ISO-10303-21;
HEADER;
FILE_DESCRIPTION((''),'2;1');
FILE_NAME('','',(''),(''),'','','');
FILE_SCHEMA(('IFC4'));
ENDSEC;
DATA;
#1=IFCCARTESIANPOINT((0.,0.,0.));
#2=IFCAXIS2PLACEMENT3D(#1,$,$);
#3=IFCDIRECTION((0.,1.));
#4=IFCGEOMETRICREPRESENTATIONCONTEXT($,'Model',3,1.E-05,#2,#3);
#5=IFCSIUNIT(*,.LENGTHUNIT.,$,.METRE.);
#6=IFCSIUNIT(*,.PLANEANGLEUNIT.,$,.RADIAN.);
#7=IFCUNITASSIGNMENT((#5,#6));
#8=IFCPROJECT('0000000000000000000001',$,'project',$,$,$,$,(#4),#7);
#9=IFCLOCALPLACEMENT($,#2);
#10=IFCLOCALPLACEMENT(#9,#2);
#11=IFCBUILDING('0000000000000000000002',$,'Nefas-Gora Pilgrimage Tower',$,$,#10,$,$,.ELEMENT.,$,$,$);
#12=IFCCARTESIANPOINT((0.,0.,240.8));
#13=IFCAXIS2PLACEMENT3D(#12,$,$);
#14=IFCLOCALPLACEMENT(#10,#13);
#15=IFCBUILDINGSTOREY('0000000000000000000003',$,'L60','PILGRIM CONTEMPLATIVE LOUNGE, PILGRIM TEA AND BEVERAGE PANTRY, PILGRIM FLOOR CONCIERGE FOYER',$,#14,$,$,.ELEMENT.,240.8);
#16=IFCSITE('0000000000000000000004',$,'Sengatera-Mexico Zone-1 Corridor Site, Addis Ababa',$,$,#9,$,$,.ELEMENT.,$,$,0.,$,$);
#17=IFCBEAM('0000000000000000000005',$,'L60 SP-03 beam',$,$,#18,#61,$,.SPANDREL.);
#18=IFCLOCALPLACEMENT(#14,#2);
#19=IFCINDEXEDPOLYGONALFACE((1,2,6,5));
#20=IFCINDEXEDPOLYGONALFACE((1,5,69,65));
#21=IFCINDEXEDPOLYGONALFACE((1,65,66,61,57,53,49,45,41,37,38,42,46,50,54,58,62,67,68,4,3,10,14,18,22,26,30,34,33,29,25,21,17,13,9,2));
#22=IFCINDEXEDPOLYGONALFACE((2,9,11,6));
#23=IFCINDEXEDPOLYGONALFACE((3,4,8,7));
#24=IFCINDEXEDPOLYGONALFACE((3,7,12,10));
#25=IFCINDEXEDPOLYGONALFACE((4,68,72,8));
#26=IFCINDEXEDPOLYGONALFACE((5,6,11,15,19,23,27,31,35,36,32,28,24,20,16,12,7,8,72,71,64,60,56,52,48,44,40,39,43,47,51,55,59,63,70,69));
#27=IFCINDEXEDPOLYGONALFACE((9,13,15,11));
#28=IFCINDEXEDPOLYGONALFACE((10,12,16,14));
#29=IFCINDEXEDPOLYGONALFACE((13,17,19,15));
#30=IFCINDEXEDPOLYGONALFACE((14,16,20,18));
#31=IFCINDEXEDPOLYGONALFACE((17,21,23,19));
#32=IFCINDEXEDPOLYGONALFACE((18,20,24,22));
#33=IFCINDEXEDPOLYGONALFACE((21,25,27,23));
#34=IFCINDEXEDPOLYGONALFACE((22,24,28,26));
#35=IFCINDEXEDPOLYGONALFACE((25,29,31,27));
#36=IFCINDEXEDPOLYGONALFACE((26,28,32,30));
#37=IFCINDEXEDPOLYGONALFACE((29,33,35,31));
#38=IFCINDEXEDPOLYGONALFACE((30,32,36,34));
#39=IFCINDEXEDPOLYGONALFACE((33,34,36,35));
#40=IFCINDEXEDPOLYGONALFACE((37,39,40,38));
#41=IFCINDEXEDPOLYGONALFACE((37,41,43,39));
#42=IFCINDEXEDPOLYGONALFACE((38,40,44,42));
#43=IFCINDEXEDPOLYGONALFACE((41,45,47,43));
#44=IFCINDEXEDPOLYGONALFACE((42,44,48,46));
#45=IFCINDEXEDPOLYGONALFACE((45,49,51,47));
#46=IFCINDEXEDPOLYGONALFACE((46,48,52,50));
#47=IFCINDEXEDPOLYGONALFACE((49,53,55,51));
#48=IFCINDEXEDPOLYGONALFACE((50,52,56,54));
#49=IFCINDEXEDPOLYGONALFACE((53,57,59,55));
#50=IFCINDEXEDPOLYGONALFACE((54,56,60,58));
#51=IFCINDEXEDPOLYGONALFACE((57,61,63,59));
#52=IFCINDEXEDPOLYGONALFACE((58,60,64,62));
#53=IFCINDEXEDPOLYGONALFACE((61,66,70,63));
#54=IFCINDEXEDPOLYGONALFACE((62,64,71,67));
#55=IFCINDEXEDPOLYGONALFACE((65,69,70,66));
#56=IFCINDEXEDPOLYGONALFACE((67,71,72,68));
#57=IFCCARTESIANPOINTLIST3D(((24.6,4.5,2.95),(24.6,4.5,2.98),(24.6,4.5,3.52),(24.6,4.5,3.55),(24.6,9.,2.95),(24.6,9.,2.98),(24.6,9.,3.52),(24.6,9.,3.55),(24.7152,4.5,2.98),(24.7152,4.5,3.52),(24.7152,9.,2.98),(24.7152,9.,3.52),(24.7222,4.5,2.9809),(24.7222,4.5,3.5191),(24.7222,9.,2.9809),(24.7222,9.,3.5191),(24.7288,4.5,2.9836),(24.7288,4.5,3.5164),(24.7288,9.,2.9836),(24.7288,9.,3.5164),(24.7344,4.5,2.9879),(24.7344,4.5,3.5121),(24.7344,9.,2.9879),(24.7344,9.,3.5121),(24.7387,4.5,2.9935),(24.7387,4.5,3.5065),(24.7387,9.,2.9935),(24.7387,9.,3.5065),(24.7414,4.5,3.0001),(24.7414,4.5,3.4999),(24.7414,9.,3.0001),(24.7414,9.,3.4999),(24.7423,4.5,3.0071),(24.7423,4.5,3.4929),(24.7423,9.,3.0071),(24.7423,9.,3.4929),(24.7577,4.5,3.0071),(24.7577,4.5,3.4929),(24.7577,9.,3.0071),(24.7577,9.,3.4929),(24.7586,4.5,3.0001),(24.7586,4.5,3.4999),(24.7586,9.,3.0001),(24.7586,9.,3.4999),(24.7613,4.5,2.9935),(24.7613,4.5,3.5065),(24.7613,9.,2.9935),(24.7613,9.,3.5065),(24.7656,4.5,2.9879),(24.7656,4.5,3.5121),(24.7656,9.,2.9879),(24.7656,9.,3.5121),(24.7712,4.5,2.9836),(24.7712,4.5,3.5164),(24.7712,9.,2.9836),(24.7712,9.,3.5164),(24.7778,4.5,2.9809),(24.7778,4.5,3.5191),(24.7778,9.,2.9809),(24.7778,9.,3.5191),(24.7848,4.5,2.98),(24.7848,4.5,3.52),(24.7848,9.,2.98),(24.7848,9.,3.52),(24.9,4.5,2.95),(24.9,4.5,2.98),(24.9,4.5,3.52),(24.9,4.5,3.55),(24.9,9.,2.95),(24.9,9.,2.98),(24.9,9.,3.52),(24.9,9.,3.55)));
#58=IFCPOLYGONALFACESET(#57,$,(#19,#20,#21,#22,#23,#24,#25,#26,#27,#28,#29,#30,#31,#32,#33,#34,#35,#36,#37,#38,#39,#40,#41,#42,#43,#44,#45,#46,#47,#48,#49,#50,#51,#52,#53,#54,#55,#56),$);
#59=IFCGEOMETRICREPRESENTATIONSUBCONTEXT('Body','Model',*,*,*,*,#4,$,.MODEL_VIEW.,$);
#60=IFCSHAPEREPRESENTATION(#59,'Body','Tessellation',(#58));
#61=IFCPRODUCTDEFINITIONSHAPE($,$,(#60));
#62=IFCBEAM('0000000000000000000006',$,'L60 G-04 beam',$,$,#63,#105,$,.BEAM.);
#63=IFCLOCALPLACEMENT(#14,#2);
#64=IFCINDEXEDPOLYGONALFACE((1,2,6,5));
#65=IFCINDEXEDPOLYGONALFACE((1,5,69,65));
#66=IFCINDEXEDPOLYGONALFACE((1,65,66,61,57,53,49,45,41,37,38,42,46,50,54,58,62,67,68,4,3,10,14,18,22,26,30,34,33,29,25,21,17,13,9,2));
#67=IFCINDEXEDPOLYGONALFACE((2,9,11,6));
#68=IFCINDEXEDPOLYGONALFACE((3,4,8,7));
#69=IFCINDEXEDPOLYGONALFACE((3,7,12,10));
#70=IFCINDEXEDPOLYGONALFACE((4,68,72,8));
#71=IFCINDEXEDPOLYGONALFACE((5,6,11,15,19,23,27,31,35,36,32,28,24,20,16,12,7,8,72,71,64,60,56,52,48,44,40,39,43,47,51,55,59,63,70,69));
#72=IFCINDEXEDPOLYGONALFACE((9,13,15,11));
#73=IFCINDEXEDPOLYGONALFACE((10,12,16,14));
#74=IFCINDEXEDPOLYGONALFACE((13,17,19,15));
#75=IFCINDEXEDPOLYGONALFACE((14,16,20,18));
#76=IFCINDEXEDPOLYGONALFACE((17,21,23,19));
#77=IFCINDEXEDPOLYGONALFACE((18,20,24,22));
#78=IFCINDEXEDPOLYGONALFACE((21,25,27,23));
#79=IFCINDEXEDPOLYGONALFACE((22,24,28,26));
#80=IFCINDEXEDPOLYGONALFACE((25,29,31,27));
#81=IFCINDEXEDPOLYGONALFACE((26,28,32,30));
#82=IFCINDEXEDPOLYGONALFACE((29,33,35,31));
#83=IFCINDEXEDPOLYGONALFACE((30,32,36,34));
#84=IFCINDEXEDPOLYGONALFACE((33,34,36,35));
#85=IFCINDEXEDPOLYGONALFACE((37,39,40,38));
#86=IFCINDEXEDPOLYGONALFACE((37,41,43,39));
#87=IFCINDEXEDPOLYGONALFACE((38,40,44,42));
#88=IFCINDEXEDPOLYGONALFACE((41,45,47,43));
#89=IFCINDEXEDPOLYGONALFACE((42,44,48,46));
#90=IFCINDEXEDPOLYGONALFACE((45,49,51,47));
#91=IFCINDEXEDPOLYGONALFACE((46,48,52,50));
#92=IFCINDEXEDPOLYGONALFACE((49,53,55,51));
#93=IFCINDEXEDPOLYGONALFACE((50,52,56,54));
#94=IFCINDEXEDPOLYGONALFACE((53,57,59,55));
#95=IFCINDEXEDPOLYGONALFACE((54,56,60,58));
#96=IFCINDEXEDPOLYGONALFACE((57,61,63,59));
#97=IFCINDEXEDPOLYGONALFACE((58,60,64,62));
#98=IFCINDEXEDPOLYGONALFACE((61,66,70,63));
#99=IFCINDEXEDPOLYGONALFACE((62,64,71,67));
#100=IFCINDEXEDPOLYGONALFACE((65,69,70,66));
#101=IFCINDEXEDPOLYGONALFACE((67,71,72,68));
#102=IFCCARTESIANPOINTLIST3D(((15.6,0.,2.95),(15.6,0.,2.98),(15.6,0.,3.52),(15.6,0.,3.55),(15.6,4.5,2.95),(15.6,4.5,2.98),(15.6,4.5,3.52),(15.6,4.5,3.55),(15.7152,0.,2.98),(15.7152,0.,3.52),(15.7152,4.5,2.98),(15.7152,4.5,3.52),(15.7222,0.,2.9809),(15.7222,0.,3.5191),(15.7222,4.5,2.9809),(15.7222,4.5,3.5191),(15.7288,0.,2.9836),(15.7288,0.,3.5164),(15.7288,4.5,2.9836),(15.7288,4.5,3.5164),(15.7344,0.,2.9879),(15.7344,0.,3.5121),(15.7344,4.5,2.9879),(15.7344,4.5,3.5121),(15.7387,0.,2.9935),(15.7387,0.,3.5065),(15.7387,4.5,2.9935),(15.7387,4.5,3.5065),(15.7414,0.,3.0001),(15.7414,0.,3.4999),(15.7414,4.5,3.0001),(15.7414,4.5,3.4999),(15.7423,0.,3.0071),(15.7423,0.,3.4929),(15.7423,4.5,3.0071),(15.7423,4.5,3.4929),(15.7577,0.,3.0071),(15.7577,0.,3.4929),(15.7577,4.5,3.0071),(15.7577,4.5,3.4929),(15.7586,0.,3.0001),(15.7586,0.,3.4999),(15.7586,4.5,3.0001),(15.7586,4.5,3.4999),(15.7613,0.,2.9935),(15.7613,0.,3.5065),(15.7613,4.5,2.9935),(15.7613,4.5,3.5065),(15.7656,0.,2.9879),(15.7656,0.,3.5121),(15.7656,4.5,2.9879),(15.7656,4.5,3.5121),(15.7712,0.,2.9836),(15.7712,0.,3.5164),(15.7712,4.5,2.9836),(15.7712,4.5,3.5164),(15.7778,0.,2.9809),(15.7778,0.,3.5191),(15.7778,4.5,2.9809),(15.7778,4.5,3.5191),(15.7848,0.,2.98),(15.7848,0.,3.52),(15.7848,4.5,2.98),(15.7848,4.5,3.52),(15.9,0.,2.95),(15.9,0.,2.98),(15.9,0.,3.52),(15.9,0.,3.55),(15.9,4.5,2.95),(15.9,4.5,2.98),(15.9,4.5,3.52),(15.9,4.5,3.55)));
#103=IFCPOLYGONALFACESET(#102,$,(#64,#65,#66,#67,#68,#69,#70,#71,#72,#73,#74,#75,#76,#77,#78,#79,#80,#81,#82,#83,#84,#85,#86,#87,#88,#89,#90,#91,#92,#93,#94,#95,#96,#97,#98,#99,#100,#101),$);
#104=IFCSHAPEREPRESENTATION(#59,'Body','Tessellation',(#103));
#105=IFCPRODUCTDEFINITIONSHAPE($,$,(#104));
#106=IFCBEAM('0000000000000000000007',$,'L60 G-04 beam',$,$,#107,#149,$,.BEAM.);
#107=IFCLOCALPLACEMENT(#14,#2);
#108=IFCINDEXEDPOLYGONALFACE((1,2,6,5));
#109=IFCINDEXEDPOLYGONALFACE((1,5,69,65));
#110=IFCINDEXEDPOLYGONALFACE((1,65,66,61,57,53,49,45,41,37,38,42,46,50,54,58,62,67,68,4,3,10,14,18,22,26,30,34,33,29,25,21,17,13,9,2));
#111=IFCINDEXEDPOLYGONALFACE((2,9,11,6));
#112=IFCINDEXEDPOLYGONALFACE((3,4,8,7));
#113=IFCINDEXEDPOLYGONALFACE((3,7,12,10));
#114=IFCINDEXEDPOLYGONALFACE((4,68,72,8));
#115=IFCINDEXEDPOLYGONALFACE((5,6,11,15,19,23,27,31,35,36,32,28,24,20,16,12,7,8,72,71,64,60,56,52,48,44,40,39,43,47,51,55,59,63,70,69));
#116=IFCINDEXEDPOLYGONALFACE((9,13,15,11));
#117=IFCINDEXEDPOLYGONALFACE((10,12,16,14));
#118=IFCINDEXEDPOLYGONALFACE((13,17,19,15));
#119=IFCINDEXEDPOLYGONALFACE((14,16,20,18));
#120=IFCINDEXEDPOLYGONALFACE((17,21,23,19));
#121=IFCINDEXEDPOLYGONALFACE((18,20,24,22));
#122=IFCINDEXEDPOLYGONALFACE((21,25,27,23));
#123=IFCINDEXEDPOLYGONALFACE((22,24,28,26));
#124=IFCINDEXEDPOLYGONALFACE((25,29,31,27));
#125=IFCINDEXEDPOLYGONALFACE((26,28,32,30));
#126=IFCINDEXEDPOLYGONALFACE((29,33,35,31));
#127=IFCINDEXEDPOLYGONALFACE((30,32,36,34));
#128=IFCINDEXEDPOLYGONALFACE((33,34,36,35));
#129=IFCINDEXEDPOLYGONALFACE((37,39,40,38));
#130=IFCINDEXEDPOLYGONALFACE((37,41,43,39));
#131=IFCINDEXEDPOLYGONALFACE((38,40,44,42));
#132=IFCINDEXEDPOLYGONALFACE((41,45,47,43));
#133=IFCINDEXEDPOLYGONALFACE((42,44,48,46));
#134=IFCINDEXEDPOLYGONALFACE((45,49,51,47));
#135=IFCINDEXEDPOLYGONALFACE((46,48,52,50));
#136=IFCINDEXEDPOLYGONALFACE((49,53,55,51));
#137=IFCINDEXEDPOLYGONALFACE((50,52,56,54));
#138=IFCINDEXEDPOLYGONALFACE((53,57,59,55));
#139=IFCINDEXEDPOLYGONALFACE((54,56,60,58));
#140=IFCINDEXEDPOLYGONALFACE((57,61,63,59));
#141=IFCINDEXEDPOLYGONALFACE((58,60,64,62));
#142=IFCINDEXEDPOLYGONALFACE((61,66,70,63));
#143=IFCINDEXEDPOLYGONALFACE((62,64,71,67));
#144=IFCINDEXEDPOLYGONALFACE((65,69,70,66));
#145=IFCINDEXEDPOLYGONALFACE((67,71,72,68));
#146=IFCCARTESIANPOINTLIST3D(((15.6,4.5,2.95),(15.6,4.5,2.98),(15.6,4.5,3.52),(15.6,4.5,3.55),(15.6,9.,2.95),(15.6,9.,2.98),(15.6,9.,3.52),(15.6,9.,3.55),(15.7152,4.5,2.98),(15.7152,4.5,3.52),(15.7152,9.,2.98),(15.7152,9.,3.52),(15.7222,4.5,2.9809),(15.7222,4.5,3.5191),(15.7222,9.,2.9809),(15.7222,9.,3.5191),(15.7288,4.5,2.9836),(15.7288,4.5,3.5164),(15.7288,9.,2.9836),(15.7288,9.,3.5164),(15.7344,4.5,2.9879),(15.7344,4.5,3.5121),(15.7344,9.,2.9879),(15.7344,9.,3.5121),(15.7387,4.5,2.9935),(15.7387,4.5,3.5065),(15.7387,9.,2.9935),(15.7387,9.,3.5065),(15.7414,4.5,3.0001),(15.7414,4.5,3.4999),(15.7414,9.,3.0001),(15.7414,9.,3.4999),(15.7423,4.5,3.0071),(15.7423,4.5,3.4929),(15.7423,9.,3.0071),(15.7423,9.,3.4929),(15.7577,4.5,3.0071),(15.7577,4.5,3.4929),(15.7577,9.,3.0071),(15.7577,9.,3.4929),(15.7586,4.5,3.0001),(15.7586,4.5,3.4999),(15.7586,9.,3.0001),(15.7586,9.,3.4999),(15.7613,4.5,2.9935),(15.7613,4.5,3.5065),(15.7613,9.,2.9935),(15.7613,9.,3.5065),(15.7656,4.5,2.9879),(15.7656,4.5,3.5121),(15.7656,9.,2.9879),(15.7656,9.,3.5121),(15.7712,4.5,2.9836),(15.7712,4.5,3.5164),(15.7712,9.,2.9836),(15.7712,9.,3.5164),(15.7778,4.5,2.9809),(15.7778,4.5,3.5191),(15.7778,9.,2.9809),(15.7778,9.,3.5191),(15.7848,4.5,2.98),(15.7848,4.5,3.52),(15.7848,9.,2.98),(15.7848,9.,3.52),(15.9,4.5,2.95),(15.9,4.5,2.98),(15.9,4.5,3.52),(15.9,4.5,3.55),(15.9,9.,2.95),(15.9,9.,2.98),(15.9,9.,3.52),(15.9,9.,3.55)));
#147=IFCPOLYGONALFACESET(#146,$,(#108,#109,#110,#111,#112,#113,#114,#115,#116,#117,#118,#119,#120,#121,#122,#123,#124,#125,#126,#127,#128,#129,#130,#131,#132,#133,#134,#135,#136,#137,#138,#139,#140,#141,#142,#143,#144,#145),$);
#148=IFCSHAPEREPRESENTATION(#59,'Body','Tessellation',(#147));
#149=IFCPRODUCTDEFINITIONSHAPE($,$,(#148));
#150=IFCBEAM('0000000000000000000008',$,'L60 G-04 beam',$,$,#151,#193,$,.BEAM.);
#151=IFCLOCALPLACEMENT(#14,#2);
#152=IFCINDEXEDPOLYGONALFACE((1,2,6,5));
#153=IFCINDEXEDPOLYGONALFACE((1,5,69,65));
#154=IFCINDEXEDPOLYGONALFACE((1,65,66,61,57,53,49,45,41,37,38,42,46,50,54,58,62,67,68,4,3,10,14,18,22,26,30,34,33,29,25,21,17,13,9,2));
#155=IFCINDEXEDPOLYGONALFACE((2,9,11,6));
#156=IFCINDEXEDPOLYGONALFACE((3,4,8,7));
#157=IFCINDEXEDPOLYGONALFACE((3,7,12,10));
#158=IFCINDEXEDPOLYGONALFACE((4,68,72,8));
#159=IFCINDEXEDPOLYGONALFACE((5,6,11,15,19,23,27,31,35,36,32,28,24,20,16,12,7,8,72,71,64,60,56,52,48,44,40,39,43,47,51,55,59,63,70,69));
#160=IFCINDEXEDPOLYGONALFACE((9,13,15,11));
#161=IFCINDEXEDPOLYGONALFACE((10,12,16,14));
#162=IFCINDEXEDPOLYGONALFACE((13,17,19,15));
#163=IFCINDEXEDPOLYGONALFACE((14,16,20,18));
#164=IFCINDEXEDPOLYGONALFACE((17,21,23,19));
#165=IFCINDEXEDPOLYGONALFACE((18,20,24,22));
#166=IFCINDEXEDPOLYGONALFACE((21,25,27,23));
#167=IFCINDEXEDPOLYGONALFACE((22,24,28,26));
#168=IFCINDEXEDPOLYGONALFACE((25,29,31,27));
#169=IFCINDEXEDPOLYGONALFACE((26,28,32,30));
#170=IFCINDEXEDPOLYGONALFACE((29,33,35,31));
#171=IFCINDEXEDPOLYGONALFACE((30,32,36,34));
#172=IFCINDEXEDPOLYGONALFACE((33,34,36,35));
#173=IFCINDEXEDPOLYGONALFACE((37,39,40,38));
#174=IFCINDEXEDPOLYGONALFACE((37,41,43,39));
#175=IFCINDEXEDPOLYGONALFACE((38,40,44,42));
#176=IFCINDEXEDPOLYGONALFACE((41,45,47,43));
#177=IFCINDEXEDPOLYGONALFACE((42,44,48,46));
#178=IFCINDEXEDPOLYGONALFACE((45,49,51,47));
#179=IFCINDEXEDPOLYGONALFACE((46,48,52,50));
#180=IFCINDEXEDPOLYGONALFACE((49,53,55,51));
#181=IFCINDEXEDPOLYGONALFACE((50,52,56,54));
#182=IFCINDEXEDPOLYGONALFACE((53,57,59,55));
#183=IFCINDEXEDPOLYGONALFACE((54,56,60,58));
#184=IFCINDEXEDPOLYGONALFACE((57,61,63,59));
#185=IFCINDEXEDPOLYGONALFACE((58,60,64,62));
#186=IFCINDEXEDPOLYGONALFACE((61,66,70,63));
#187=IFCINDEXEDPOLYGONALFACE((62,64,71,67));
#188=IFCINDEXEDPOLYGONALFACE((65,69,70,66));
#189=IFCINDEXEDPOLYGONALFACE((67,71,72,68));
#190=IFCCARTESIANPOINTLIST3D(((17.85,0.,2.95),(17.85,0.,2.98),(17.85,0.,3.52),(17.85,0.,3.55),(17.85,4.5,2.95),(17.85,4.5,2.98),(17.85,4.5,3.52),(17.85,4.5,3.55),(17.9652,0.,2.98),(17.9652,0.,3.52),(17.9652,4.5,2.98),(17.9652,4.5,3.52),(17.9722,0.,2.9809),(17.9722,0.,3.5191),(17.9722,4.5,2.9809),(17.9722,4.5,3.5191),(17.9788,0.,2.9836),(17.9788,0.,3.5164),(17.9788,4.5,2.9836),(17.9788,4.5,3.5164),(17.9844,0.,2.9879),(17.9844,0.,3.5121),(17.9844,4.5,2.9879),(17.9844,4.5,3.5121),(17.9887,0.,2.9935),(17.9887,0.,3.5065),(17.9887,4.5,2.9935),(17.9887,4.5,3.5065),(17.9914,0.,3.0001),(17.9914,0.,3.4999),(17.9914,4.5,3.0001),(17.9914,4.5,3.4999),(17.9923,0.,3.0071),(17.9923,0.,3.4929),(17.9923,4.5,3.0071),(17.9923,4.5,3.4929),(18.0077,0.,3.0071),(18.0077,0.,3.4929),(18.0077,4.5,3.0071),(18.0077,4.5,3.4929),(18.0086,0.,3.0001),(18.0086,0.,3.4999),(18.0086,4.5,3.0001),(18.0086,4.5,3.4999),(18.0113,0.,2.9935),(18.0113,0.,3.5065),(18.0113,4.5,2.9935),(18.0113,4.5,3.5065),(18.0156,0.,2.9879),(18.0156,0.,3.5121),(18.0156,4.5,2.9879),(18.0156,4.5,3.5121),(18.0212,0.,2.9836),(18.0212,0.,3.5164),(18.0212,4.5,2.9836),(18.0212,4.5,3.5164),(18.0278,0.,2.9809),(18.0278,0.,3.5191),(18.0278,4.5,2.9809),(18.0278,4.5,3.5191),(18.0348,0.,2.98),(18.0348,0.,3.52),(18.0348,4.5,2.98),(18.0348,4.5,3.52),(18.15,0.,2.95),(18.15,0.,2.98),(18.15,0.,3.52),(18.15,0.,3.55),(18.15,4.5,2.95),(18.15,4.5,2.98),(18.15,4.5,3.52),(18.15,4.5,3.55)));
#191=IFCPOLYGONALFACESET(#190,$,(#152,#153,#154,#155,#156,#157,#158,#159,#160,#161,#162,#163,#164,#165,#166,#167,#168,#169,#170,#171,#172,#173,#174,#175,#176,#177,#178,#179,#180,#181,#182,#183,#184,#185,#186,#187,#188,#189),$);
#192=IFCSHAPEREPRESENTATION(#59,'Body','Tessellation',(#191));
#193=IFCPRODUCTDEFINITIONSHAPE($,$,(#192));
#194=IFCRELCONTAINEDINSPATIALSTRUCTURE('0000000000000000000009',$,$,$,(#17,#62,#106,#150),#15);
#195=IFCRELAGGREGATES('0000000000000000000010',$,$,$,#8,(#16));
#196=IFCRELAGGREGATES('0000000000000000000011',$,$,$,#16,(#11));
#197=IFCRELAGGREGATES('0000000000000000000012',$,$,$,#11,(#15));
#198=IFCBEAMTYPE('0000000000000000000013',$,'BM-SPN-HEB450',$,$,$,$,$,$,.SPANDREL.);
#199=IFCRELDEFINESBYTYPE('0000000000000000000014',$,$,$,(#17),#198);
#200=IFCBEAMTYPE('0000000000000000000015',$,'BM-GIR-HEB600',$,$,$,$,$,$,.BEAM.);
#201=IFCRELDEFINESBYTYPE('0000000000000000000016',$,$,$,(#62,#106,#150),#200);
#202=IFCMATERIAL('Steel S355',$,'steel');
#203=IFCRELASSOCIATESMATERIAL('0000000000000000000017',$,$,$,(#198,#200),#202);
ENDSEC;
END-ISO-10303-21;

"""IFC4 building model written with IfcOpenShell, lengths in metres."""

from ifc_helpers import new_model, si_unit, direction, frame, origin, origin_2d, place, context, subcontext, project, spatial, i_section, extrude, source, transform, mapped, material, material_profile, profile_set, type_object, element, save


model = new_model("IFC4")

# Units and contexts
model_context = context("Model", 3, precision=1e-05, world=origin(), true_north=direction((0.0, 1.0)))
body_context = subcontext(model_context, "Body", "Model", "MODEL_VIEW")
ifc_project = project(units=[si_unit("LENGTHUNIT", "METRE"), si_unit("PLANEANGLEUNIT", "RADIAN")], contexts=[model_context])

# Site, building, storey
site_placement = place(None, origin())
site = spatial("IfcSite", under=ifc_project, at=site_placement, Name="Sengatera-Mexico Zone-1 Corridor Site, Addis Ababa", CompositionType="ELEMENT", RefElevation=0.0)
building_placement = place(site_placement, origin())
building = spatial("IfcBuilding", under=site, at=building_placement, Name="Nefas-Gora Pilgrimage Tower", CompositionType="ELEMENT")
storey_placement = place(building_placement, frame((0.0, 0.0, 240.8)))
storey = spatial("IfcBuildingStorey", under=building, at=storey_placement, Name="L60", Description="PILGRIM CONTEMPLATIVE LOUNGE, PILGRIM TEA AND BEVERAGE PANTRY, PILGRIM FLOOR CONCIERGE FOYER", CompositionType="ELEMENT", Elevation=240.8)

# Beams
ifc_material_1 = material(Name="Steel S355", Category="steel")
ifc_material_profile_1 = material_profile(ifc_material_1, i_section(OverallWidth=0.3, OverallDepth=0.6001, WebThickness=0.0154, FlangeThickness=0.03, FilletRadius=0.0271, at=origin_2d()), Name="HEB 600")
ifc_profile_set_1 = profile_set([ifc_material_profile_1], Name="Steel S355")
beam_type_1 = type_object("IfcBeamType", Name="BM-SPN-HEB450", PredefinedType="SPANDREL", material=ifc_profile_set_1)
shared_shape_1 = source(origin(), body_context, "Body", "SweptSolid", [
    extrude(i_section(OverallWidth=0.3, OverallDepth=0.6001, WebThickness=0.0154, FlangeThickness=0.03, FilletRadius=0.0271, at=origin_2d()), origin(), (0.0, 0.0, 1.0), 4.5),
])
for number, where, z_axis, x_axis, name in (
    (1, (24.75, 4.5, 3.25), (0.0, 1.0, 0.0), (-1.0, 0.0, 0.0), "L60 SP-03 beam"),
):
    element("IfcBeam", number, at=place(storey_placement, frame(where, z_axis=z_axis, x_axis=x_axis)), inside=storey, type_object=beam_type_1, Name=name, PredefinedType="SPANDREL", context=body_context, shape_type="MappedRepresentation", body=[
        mapped(shared_shape_1, transform((0.0, 0.0, 0.0), x_axis=(1.0, 0.0, 0.0), y_axis=(0.0, 1.0, 0.0), z_axis=(0.0, 0.0, 1.0), scale=1.0)),
    ])
ifc_material_profile_2 = material_profile(ifc_material_1, i_section(OverallWidth=0.3, OverallDepth=0.6001, WebThickness=0.0154, FlangeThickness=0.03, FilletRadius=0.0271, at=origin_2d()), Name="HEB 600")
ifc_profile_set_2 = profile_set([ifc_material_profile_2], Name="Steel S355")
beam_type_2 = type_object("IfcBeamType", Name="BM-GIR-HEB600", PredefinedType="BEAM", material=ifc_profile_set_2)
shared_shape_2 = source(origin(), body_context, "Body", "SweptSolid", [
    extrude(i_section(OverallWidth=0.3, OverallDepth=0.6001, WebThickness=0.0154, FlangeThickness=0.03, FilletRadius=0.0271, at=origin_2d()), origin(), (0.0, 0.0, 1.0), 4.5),
])
for number, where, z_axis, x_axis, name in (
    (2, (15.75, 0.0, 3.25), (0.0, 1.0, 0.0), (-1.0, 0.0, 0.0), "L60 G-04 beam"),
    (3, (15.75, 4.5, 3.25), (0.0, 1.0, 0.0), (-1.0, 0.0, 0.0), "L60 G-04 beam"),
    (4, (18.0, 0.0, 3.25), (0.0, 1.0, 0.0), (-1.0, 0.0, 0.0), "L60 G-04 beam"),
):
    element("IfcBeam", number, at=place(storey_placement, frame(where, z_axis=z_axis, x_axis=x_axis)), inside=storey, type_object=beam_type_2, Name=name, PredefinedType="BEAM", context=body_context, shape_type="MappedRepresentation", body=[
        mapped(shared_shape_2, transform((0.0, 0.0, 0.0), x_axis=(1.0, 0.0, 0.0), y_axis=(0.0, 1.0, 0.0), z_axis=(0.0, 0.0, 1.0), scale=1.0)),
    ])

save(model, "model.ifc")
